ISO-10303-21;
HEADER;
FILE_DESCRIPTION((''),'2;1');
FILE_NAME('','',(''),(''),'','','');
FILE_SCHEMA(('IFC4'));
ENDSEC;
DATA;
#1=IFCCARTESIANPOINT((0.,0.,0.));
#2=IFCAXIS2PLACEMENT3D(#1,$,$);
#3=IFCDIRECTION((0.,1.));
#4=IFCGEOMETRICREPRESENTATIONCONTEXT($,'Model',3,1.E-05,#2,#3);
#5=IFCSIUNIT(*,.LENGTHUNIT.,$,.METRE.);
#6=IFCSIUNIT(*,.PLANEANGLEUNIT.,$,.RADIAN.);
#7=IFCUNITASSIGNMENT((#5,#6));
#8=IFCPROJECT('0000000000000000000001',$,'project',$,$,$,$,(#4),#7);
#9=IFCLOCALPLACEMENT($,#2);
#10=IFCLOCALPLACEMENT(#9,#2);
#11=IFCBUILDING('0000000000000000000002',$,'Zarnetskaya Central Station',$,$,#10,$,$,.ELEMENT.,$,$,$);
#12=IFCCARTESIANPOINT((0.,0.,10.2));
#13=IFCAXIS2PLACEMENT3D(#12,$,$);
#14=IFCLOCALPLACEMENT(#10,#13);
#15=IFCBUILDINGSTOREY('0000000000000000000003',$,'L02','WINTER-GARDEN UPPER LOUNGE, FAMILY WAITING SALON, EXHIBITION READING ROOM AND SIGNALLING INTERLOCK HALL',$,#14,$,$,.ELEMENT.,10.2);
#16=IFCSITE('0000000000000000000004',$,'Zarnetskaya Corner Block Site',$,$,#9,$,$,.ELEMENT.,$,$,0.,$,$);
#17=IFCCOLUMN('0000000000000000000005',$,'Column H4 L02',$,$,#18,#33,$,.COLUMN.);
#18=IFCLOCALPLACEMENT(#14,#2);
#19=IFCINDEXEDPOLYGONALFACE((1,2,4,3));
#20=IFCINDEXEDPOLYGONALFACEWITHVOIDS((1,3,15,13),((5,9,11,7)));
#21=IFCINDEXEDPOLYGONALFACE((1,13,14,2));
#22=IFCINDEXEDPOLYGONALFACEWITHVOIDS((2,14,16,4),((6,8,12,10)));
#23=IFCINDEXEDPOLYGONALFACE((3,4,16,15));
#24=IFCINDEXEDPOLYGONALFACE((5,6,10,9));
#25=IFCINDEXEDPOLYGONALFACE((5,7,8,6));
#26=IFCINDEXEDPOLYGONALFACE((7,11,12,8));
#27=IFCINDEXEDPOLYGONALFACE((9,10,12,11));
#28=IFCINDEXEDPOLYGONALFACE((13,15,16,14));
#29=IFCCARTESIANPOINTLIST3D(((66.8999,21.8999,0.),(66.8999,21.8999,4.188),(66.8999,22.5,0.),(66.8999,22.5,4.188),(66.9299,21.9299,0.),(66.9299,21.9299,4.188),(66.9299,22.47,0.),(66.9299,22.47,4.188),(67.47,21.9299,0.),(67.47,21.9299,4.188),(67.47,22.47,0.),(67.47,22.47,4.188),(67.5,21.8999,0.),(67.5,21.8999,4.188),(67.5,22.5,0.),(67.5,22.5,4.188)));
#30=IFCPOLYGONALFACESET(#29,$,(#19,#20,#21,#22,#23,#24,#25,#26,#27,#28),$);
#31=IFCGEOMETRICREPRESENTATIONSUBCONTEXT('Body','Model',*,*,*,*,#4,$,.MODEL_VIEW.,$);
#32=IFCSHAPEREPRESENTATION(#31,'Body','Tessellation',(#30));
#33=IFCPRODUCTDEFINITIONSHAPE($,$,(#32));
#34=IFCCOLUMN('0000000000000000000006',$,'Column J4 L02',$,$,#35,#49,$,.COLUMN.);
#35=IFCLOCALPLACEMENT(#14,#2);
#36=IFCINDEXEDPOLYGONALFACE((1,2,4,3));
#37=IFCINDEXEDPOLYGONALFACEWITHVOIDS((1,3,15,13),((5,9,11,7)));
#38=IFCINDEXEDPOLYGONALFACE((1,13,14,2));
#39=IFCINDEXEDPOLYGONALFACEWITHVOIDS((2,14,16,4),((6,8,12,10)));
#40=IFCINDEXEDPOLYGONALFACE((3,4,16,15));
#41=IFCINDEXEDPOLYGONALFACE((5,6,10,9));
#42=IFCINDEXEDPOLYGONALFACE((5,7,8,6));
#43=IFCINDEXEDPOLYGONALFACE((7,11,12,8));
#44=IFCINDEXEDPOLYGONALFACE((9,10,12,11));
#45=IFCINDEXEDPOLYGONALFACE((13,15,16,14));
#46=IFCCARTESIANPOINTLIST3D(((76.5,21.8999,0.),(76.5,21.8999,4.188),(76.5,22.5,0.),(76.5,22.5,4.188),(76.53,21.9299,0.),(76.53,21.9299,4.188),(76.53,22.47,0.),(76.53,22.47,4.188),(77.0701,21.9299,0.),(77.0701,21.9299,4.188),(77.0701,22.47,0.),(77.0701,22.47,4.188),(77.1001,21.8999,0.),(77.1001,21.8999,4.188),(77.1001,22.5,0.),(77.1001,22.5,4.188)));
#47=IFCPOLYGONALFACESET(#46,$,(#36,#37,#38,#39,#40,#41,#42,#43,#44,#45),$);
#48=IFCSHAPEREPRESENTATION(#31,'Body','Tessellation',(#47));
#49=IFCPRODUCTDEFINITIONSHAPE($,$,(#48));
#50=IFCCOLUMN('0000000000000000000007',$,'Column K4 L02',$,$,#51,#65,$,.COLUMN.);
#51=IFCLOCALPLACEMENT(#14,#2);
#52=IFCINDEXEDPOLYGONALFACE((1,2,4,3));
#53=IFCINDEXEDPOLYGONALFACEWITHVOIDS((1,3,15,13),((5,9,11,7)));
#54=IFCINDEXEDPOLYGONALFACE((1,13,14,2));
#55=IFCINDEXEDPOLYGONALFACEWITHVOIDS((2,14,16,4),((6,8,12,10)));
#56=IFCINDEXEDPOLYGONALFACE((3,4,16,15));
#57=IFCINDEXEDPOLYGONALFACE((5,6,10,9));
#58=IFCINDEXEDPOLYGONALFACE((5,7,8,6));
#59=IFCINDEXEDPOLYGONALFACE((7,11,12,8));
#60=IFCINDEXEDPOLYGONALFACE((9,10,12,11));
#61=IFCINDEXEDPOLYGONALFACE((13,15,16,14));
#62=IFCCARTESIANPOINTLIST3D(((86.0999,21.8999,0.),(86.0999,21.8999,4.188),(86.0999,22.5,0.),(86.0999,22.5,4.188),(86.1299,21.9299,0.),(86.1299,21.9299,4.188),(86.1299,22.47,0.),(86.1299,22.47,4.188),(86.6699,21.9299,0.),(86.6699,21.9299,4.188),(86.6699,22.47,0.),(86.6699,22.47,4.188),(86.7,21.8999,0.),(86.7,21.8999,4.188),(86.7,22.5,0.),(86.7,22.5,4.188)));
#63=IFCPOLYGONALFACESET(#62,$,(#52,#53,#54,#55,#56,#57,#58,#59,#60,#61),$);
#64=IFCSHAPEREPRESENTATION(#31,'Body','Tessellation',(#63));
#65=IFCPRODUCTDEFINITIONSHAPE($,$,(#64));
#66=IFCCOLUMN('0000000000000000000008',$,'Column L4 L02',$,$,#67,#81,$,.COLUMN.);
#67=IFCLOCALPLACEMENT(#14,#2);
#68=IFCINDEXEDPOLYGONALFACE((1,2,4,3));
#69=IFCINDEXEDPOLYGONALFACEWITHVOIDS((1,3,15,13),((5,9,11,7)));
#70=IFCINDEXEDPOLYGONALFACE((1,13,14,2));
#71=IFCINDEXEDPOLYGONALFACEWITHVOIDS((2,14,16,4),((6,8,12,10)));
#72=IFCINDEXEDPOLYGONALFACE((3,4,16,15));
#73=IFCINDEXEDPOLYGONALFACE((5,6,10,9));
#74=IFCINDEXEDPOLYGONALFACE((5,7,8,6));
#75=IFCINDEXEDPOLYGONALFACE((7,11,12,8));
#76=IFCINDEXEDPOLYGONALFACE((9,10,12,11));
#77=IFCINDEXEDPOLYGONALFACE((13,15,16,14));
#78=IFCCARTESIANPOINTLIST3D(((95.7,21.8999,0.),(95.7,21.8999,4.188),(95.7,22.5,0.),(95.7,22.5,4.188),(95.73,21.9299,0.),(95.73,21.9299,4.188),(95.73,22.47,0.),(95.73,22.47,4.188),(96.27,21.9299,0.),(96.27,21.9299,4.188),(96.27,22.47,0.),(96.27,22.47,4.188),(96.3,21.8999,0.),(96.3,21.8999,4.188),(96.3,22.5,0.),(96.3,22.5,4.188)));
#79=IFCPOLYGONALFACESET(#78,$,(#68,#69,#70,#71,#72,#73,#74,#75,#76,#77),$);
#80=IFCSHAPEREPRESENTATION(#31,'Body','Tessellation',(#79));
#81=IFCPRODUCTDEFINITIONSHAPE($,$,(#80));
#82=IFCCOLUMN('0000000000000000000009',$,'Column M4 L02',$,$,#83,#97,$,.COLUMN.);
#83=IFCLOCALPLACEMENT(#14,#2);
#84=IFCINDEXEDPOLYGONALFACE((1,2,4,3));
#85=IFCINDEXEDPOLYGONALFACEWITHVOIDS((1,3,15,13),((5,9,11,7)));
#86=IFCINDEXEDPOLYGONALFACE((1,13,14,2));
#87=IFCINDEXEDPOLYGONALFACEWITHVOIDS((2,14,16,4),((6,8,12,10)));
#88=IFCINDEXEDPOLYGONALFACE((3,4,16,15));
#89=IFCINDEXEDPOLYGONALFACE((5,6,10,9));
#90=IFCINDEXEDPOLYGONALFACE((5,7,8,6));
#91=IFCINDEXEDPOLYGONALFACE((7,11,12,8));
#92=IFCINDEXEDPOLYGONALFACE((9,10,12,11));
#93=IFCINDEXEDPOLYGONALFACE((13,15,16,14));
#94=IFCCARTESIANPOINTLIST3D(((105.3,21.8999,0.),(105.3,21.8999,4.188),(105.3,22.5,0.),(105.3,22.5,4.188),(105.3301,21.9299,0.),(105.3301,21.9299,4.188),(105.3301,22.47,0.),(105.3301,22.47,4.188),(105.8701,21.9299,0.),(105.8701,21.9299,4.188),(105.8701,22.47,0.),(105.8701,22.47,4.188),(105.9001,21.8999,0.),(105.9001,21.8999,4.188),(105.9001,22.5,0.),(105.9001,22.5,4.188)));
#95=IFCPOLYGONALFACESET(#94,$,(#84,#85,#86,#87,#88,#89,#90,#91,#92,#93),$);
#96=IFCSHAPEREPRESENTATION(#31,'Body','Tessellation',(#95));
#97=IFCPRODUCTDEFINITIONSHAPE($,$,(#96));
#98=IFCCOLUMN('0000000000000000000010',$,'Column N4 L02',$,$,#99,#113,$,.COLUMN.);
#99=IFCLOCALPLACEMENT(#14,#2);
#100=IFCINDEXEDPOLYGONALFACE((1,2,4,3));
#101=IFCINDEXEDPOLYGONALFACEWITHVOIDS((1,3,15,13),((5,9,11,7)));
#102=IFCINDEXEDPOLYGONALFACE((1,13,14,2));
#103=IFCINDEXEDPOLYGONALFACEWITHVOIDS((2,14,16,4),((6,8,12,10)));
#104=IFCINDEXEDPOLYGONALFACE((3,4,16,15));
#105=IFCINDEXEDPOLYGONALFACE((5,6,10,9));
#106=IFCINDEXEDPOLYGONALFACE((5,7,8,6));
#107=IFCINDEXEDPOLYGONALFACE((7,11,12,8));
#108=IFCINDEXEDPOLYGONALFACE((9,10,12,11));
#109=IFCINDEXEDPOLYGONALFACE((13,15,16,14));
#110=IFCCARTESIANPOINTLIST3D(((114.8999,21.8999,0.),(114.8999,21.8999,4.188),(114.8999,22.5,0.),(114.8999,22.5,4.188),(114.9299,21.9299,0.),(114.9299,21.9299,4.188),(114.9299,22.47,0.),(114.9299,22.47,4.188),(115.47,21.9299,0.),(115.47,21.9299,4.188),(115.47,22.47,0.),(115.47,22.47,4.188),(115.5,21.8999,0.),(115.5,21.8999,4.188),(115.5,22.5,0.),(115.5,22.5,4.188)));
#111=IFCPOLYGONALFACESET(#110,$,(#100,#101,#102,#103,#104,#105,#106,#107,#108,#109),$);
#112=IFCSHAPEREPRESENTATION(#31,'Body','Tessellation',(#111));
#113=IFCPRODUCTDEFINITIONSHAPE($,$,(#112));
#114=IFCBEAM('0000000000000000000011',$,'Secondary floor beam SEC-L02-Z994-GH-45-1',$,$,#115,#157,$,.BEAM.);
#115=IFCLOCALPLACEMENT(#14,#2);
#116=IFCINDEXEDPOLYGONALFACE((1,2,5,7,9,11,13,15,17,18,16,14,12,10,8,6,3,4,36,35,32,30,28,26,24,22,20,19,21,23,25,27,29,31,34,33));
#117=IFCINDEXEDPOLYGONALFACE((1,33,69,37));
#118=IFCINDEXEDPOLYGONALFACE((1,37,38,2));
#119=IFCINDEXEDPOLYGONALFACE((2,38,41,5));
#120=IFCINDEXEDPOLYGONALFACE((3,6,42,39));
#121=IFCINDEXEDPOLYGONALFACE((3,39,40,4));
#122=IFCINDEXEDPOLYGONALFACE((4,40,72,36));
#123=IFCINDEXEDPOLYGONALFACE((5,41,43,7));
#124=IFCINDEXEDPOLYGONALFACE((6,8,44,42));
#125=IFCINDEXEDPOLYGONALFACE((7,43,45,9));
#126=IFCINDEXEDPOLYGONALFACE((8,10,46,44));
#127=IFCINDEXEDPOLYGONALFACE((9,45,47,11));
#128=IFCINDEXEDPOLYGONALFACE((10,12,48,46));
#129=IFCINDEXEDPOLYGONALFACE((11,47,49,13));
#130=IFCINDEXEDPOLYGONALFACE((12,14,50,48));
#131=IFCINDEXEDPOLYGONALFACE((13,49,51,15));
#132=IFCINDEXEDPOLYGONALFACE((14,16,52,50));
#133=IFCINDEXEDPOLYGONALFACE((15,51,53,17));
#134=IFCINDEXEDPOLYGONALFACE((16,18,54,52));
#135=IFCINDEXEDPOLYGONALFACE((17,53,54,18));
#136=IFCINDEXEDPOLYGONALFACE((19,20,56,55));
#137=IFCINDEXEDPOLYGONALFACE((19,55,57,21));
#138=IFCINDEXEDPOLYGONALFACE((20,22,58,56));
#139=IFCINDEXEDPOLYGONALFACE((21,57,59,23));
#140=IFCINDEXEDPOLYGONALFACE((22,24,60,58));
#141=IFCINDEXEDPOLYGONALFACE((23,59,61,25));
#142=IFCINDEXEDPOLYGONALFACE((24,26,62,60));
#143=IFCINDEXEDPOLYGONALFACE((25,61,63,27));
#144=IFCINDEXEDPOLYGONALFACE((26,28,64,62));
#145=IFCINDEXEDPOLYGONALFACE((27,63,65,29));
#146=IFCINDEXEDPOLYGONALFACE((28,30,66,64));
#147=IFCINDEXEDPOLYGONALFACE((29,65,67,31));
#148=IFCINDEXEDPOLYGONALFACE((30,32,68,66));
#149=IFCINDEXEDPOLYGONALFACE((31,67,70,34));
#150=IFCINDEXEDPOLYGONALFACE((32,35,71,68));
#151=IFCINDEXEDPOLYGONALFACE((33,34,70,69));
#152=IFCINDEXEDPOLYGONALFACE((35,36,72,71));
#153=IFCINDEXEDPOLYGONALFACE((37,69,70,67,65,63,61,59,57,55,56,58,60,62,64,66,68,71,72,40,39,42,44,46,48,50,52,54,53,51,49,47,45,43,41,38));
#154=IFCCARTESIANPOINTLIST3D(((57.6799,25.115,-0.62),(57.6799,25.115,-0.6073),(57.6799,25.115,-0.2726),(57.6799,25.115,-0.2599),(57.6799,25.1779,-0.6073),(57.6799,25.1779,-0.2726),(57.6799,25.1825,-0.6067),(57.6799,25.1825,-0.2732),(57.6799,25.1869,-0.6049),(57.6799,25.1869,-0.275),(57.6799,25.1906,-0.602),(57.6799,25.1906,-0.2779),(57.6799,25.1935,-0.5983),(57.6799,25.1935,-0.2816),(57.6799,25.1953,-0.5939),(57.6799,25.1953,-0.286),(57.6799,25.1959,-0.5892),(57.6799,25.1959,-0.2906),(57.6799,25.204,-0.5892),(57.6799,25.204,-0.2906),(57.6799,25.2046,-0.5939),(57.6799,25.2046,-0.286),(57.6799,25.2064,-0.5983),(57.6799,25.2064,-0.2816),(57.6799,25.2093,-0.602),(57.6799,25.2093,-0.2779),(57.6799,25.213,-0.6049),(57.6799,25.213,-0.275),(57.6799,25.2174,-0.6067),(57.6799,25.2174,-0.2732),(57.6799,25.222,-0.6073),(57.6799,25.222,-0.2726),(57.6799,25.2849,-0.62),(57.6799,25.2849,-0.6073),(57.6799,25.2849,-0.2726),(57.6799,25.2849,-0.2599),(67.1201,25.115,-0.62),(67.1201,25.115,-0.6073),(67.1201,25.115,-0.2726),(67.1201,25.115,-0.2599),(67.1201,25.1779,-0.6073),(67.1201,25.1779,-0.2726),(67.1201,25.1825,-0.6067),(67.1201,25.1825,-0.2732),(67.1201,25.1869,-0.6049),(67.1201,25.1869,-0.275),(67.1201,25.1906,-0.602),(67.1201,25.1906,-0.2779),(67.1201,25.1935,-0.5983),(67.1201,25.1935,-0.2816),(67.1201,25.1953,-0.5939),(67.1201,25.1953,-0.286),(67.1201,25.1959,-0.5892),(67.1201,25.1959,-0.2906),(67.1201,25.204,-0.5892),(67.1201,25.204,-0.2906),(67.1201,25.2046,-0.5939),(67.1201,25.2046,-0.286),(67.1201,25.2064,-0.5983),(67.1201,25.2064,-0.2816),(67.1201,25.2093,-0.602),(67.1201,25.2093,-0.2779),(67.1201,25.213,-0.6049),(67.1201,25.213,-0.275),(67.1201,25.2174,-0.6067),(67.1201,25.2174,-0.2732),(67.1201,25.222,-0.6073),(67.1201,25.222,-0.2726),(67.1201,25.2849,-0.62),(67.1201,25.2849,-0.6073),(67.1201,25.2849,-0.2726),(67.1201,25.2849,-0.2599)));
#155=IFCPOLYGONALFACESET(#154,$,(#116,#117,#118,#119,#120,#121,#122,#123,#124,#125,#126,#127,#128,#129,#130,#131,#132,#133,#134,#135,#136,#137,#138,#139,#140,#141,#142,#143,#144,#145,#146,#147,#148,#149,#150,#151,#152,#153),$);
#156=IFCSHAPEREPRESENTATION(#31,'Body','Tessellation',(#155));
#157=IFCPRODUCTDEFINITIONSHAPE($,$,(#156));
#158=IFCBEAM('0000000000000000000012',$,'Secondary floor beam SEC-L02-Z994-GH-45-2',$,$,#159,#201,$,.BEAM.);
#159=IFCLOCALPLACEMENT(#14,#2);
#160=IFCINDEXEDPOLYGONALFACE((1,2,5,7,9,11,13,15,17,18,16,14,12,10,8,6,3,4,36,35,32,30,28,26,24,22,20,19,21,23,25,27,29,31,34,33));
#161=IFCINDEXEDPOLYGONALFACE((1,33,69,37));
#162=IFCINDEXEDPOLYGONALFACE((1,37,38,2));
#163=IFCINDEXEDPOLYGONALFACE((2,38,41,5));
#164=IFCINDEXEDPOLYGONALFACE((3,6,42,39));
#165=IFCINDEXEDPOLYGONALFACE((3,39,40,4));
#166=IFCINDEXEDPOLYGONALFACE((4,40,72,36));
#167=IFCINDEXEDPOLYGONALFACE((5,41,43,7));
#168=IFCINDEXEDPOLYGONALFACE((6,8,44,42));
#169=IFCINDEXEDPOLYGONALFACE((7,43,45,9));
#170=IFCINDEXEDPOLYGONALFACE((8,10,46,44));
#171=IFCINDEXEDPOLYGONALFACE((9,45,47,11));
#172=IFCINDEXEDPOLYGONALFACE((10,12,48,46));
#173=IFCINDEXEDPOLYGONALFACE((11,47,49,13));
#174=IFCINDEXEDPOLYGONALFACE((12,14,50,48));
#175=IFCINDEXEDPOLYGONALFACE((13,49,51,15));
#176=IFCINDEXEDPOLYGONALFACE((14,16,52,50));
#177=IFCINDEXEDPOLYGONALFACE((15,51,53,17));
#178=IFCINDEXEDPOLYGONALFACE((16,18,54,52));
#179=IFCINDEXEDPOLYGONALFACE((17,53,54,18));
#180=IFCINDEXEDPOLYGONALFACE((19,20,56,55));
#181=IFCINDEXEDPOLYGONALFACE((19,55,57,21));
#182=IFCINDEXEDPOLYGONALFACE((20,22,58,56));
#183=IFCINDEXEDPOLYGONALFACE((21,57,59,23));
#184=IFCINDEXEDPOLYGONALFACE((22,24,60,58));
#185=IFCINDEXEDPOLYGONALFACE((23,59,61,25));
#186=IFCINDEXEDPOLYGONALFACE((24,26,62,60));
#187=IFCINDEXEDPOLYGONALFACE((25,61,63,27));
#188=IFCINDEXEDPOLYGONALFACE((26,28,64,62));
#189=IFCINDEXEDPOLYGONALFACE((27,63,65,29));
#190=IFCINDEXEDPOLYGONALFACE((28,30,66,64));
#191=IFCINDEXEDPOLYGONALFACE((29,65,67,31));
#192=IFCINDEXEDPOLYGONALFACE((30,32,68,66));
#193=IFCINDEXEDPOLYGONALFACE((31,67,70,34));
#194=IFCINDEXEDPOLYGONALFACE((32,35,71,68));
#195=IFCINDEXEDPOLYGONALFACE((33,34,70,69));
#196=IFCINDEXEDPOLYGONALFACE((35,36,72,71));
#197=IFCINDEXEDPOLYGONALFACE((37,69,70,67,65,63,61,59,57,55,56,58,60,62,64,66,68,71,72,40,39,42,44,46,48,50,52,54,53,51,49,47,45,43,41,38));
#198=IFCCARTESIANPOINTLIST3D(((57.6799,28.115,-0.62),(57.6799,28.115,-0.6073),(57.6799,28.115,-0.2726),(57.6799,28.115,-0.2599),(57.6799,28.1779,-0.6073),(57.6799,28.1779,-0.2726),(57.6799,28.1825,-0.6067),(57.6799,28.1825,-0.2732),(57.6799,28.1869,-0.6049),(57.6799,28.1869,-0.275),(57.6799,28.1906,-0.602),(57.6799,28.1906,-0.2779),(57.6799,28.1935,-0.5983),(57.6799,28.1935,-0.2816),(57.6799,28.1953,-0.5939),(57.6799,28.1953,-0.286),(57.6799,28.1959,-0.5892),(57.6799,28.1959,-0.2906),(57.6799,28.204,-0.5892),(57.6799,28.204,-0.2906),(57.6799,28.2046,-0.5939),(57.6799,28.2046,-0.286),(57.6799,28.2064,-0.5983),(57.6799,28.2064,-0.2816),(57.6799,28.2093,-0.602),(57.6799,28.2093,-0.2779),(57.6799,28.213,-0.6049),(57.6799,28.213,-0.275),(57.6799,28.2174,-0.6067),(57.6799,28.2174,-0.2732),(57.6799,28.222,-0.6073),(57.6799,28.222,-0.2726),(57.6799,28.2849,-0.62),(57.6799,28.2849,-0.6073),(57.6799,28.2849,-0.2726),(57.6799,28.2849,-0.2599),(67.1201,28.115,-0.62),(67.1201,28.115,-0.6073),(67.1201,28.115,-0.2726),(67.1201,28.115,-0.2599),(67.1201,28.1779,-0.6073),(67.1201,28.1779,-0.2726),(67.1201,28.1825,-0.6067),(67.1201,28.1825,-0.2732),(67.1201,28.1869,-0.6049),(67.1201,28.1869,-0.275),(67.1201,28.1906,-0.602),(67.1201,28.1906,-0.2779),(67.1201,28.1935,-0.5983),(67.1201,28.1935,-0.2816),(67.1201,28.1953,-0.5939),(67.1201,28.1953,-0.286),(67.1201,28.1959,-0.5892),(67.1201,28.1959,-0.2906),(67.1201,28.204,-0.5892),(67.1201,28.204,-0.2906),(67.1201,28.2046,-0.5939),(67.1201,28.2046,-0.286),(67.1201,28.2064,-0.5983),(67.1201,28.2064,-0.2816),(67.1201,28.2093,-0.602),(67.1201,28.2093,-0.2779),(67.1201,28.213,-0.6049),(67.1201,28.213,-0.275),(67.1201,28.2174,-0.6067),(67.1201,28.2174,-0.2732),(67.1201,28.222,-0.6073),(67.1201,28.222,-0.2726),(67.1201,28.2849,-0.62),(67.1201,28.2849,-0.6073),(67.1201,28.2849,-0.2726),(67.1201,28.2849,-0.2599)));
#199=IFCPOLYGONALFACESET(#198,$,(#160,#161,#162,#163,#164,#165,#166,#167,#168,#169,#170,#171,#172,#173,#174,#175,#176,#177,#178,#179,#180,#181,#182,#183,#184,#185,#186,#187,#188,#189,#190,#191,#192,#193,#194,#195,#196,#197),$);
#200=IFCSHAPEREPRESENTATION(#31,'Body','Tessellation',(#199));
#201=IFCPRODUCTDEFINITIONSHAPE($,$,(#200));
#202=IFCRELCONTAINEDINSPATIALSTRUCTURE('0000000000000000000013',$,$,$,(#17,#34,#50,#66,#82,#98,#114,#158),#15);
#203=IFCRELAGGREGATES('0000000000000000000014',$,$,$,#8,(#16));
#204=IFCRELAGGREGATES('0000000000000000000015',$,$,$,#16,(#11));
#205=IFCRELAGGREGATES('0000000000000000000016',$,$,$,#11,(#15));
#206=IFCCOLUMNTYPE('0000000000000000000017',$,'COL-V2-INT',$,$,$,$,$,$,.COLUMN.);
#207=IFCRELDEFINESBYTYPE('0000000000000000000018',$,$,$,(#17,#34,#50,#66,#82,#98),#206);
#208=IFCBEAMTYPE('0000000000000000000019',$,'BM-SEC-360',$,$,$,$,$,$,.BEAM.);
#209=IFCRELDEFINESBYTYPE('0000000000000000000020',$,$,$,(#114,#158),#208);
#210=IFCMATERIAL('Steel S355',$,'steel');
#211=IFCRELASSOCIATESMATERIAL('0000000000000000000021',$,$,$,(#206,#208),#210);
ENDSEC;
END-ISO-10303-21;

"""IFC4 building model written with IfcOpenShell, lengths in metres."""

from ifc_helpers import new_model, si_unit, direction, frame, origin, origin_2d, place, context, subcontext, project, spatial, hollow_rectangle, i_section, extrude, material, material_profile, profile_set, type_object, element, save


model = new_model("IFC4")

# Units and contexts
model_context = context("Model", 3, precision=1e-05, world=origin(), true_north=direction((0.0, 1.0)))
body_context = subcontext(model_context, "Body", "Model", "MODEL_VIEW")
ifc_project = project(units=[si_unit("LENGTHUNIT", "METRE"), si_unit("PLANEANGLEUNIT", "RADIAN")], contexts=[model_context])

# Site, building, storey
site_placement = place(None, origin())
site = spatial("IfcSite", under=ifc_project, at=site_placement, Name="Zarnetskaya Corner Block Site", CompositionType="ELEMENT", RefElevation=0.0)
building_placement = place(site_placement, origin())
building = spatial("IfcBuilding", under=site, at=building_placement, Name="Zarnetskaya Central Station", CompositionType="ELEMENT")
storey_placement = place(building_placement, frame((0.0, 0.0, 10.2)))
storey = spatial("IfcBuildingStorey", under=building, at=storey_placement, Name="L02", Description="WINTER-GARDEN UPPER LOUNGE, FAMILY WAITING SALON, EXHIBITION READING ROOM AND SIGNALLING INTERLOCK HALL", CompositionType="ELEMENT", Elevation=10.2)

# Columns
ifc_material_1 = material(Name="Steel S355", Category="steel")
ifc_material_profile_1 = material_profile(ifc_material_1, hollow_rectangle(XDim=0.6001, YDim=0.6001, WallThickness=0.03, at=origin_2d()), Name="BOX 600x600x30")
ifc_profile_set_1 = profile_set([ifc_material_profile_1], Name="Steel S355")
column_type = type_object("IfcColumnType", Name="COL-V2-INT", PredefinedType="COLUMN", material=ifc_profile_set_1)
for number, where, z_axis, x_axis, name in (
    (1, (67.2, 22.2, 0.0), (0.0, 0.0, 1.0), (1.0, 0.0, 0.0), "Column H4 L02"),
    (2, (76.8, 22.2, 0.0), (0.0, 0.0, 1.0), (1.0, 0.0, 0.0), "Column J4 L02"),
    (3, (86.3999, 22.2, 0.0), (0.0, 0.0, 1.0), (1.0, 0.0, 0.0), "Column K4 L02"),
    (4, (96.0, 22.2, 0.0), (0.0, 0.0, 1.0), (1.0, 0.0, 0.0), "Column L4 L02"),
    (5, (105.6001, 22.2, 0.0), (0.0, 0.0, 1.0), (1.0, 0.0, 0.0), "Column M4 L02"),
    (6, (115.2, 22.2, 0.0), (0.0, 0.0, 1.0), (1.0, 0.0, 0.0), "Column N4 L02"),
):
    element("IfcColumn", number, at=place(storey_placement, frame(where, z_axis=z_axis, x_axis=x_axis)), inside=storey, type_object=column_type, Name=name, PredefinedType="COLUMN", context=body_context, shape_type="SweptSolid", body=[
        extrude(hollow_rectangle(XDim=0.6001, YDim=0.6001, WallThickness=0.03, at=origin_2d()), origin(), (0.0, 0.0, 1.0), 4.188),
    ])

# Beams
ifc_material_profile_2 = material_profile(ifc_material_1, i_section(OverallWidth=0.1699, OverallDepth=0.3601, WebThickness=0.0081, FlangeThickness=0.0127, FilletRadius=0.0181, at=origin_2d()), Name="IPE 360")
ifc_profile_set_2 = profile_set([ifc_material_profile_2], Name="Steel S355")
beam_type_1 = type_object("IfcBeamType", Name="BM-SEC-360", PredefinedType="BEAM", material=ifc_profile_set_2)
for number, where, z_axis, x_axis, name in (
    (7, (57.6799, 25.2, -0.4399), (1.0, 0.0, 0.0), (0.0, 1.0, 0.0), "Secondary floor beam SEC-L02-Z994-GH-45-1"),
    (8, (57.6799, 28.2, -0.4399), (1.0, 0.0, 0.0), (0.0, 1.0, 0.0), "Secondary floor beam SEC-L02-Z994-GH-45-2"),
):
    element("IfcBeam", number, at=place(storey_placement, frame(where, z_axis=z_axis, x_axis=x_axis)), inside=storey, type_object=beam_type_1, Name=name, PredefinedType="BEAM", context=body_context, shape_type="SweptSolid", body=[
        extrude(i_section(OverallWidth=0.1699, OverallDepth=0.3601, WebThickness=0.0081, FlangeThickness=0.0127, FilletRadius=0.0181, at=origin_2d()), origin(), (0.0, 0.0, 1.0), 9.4402),
    ])

save(model, "model.ifc")
